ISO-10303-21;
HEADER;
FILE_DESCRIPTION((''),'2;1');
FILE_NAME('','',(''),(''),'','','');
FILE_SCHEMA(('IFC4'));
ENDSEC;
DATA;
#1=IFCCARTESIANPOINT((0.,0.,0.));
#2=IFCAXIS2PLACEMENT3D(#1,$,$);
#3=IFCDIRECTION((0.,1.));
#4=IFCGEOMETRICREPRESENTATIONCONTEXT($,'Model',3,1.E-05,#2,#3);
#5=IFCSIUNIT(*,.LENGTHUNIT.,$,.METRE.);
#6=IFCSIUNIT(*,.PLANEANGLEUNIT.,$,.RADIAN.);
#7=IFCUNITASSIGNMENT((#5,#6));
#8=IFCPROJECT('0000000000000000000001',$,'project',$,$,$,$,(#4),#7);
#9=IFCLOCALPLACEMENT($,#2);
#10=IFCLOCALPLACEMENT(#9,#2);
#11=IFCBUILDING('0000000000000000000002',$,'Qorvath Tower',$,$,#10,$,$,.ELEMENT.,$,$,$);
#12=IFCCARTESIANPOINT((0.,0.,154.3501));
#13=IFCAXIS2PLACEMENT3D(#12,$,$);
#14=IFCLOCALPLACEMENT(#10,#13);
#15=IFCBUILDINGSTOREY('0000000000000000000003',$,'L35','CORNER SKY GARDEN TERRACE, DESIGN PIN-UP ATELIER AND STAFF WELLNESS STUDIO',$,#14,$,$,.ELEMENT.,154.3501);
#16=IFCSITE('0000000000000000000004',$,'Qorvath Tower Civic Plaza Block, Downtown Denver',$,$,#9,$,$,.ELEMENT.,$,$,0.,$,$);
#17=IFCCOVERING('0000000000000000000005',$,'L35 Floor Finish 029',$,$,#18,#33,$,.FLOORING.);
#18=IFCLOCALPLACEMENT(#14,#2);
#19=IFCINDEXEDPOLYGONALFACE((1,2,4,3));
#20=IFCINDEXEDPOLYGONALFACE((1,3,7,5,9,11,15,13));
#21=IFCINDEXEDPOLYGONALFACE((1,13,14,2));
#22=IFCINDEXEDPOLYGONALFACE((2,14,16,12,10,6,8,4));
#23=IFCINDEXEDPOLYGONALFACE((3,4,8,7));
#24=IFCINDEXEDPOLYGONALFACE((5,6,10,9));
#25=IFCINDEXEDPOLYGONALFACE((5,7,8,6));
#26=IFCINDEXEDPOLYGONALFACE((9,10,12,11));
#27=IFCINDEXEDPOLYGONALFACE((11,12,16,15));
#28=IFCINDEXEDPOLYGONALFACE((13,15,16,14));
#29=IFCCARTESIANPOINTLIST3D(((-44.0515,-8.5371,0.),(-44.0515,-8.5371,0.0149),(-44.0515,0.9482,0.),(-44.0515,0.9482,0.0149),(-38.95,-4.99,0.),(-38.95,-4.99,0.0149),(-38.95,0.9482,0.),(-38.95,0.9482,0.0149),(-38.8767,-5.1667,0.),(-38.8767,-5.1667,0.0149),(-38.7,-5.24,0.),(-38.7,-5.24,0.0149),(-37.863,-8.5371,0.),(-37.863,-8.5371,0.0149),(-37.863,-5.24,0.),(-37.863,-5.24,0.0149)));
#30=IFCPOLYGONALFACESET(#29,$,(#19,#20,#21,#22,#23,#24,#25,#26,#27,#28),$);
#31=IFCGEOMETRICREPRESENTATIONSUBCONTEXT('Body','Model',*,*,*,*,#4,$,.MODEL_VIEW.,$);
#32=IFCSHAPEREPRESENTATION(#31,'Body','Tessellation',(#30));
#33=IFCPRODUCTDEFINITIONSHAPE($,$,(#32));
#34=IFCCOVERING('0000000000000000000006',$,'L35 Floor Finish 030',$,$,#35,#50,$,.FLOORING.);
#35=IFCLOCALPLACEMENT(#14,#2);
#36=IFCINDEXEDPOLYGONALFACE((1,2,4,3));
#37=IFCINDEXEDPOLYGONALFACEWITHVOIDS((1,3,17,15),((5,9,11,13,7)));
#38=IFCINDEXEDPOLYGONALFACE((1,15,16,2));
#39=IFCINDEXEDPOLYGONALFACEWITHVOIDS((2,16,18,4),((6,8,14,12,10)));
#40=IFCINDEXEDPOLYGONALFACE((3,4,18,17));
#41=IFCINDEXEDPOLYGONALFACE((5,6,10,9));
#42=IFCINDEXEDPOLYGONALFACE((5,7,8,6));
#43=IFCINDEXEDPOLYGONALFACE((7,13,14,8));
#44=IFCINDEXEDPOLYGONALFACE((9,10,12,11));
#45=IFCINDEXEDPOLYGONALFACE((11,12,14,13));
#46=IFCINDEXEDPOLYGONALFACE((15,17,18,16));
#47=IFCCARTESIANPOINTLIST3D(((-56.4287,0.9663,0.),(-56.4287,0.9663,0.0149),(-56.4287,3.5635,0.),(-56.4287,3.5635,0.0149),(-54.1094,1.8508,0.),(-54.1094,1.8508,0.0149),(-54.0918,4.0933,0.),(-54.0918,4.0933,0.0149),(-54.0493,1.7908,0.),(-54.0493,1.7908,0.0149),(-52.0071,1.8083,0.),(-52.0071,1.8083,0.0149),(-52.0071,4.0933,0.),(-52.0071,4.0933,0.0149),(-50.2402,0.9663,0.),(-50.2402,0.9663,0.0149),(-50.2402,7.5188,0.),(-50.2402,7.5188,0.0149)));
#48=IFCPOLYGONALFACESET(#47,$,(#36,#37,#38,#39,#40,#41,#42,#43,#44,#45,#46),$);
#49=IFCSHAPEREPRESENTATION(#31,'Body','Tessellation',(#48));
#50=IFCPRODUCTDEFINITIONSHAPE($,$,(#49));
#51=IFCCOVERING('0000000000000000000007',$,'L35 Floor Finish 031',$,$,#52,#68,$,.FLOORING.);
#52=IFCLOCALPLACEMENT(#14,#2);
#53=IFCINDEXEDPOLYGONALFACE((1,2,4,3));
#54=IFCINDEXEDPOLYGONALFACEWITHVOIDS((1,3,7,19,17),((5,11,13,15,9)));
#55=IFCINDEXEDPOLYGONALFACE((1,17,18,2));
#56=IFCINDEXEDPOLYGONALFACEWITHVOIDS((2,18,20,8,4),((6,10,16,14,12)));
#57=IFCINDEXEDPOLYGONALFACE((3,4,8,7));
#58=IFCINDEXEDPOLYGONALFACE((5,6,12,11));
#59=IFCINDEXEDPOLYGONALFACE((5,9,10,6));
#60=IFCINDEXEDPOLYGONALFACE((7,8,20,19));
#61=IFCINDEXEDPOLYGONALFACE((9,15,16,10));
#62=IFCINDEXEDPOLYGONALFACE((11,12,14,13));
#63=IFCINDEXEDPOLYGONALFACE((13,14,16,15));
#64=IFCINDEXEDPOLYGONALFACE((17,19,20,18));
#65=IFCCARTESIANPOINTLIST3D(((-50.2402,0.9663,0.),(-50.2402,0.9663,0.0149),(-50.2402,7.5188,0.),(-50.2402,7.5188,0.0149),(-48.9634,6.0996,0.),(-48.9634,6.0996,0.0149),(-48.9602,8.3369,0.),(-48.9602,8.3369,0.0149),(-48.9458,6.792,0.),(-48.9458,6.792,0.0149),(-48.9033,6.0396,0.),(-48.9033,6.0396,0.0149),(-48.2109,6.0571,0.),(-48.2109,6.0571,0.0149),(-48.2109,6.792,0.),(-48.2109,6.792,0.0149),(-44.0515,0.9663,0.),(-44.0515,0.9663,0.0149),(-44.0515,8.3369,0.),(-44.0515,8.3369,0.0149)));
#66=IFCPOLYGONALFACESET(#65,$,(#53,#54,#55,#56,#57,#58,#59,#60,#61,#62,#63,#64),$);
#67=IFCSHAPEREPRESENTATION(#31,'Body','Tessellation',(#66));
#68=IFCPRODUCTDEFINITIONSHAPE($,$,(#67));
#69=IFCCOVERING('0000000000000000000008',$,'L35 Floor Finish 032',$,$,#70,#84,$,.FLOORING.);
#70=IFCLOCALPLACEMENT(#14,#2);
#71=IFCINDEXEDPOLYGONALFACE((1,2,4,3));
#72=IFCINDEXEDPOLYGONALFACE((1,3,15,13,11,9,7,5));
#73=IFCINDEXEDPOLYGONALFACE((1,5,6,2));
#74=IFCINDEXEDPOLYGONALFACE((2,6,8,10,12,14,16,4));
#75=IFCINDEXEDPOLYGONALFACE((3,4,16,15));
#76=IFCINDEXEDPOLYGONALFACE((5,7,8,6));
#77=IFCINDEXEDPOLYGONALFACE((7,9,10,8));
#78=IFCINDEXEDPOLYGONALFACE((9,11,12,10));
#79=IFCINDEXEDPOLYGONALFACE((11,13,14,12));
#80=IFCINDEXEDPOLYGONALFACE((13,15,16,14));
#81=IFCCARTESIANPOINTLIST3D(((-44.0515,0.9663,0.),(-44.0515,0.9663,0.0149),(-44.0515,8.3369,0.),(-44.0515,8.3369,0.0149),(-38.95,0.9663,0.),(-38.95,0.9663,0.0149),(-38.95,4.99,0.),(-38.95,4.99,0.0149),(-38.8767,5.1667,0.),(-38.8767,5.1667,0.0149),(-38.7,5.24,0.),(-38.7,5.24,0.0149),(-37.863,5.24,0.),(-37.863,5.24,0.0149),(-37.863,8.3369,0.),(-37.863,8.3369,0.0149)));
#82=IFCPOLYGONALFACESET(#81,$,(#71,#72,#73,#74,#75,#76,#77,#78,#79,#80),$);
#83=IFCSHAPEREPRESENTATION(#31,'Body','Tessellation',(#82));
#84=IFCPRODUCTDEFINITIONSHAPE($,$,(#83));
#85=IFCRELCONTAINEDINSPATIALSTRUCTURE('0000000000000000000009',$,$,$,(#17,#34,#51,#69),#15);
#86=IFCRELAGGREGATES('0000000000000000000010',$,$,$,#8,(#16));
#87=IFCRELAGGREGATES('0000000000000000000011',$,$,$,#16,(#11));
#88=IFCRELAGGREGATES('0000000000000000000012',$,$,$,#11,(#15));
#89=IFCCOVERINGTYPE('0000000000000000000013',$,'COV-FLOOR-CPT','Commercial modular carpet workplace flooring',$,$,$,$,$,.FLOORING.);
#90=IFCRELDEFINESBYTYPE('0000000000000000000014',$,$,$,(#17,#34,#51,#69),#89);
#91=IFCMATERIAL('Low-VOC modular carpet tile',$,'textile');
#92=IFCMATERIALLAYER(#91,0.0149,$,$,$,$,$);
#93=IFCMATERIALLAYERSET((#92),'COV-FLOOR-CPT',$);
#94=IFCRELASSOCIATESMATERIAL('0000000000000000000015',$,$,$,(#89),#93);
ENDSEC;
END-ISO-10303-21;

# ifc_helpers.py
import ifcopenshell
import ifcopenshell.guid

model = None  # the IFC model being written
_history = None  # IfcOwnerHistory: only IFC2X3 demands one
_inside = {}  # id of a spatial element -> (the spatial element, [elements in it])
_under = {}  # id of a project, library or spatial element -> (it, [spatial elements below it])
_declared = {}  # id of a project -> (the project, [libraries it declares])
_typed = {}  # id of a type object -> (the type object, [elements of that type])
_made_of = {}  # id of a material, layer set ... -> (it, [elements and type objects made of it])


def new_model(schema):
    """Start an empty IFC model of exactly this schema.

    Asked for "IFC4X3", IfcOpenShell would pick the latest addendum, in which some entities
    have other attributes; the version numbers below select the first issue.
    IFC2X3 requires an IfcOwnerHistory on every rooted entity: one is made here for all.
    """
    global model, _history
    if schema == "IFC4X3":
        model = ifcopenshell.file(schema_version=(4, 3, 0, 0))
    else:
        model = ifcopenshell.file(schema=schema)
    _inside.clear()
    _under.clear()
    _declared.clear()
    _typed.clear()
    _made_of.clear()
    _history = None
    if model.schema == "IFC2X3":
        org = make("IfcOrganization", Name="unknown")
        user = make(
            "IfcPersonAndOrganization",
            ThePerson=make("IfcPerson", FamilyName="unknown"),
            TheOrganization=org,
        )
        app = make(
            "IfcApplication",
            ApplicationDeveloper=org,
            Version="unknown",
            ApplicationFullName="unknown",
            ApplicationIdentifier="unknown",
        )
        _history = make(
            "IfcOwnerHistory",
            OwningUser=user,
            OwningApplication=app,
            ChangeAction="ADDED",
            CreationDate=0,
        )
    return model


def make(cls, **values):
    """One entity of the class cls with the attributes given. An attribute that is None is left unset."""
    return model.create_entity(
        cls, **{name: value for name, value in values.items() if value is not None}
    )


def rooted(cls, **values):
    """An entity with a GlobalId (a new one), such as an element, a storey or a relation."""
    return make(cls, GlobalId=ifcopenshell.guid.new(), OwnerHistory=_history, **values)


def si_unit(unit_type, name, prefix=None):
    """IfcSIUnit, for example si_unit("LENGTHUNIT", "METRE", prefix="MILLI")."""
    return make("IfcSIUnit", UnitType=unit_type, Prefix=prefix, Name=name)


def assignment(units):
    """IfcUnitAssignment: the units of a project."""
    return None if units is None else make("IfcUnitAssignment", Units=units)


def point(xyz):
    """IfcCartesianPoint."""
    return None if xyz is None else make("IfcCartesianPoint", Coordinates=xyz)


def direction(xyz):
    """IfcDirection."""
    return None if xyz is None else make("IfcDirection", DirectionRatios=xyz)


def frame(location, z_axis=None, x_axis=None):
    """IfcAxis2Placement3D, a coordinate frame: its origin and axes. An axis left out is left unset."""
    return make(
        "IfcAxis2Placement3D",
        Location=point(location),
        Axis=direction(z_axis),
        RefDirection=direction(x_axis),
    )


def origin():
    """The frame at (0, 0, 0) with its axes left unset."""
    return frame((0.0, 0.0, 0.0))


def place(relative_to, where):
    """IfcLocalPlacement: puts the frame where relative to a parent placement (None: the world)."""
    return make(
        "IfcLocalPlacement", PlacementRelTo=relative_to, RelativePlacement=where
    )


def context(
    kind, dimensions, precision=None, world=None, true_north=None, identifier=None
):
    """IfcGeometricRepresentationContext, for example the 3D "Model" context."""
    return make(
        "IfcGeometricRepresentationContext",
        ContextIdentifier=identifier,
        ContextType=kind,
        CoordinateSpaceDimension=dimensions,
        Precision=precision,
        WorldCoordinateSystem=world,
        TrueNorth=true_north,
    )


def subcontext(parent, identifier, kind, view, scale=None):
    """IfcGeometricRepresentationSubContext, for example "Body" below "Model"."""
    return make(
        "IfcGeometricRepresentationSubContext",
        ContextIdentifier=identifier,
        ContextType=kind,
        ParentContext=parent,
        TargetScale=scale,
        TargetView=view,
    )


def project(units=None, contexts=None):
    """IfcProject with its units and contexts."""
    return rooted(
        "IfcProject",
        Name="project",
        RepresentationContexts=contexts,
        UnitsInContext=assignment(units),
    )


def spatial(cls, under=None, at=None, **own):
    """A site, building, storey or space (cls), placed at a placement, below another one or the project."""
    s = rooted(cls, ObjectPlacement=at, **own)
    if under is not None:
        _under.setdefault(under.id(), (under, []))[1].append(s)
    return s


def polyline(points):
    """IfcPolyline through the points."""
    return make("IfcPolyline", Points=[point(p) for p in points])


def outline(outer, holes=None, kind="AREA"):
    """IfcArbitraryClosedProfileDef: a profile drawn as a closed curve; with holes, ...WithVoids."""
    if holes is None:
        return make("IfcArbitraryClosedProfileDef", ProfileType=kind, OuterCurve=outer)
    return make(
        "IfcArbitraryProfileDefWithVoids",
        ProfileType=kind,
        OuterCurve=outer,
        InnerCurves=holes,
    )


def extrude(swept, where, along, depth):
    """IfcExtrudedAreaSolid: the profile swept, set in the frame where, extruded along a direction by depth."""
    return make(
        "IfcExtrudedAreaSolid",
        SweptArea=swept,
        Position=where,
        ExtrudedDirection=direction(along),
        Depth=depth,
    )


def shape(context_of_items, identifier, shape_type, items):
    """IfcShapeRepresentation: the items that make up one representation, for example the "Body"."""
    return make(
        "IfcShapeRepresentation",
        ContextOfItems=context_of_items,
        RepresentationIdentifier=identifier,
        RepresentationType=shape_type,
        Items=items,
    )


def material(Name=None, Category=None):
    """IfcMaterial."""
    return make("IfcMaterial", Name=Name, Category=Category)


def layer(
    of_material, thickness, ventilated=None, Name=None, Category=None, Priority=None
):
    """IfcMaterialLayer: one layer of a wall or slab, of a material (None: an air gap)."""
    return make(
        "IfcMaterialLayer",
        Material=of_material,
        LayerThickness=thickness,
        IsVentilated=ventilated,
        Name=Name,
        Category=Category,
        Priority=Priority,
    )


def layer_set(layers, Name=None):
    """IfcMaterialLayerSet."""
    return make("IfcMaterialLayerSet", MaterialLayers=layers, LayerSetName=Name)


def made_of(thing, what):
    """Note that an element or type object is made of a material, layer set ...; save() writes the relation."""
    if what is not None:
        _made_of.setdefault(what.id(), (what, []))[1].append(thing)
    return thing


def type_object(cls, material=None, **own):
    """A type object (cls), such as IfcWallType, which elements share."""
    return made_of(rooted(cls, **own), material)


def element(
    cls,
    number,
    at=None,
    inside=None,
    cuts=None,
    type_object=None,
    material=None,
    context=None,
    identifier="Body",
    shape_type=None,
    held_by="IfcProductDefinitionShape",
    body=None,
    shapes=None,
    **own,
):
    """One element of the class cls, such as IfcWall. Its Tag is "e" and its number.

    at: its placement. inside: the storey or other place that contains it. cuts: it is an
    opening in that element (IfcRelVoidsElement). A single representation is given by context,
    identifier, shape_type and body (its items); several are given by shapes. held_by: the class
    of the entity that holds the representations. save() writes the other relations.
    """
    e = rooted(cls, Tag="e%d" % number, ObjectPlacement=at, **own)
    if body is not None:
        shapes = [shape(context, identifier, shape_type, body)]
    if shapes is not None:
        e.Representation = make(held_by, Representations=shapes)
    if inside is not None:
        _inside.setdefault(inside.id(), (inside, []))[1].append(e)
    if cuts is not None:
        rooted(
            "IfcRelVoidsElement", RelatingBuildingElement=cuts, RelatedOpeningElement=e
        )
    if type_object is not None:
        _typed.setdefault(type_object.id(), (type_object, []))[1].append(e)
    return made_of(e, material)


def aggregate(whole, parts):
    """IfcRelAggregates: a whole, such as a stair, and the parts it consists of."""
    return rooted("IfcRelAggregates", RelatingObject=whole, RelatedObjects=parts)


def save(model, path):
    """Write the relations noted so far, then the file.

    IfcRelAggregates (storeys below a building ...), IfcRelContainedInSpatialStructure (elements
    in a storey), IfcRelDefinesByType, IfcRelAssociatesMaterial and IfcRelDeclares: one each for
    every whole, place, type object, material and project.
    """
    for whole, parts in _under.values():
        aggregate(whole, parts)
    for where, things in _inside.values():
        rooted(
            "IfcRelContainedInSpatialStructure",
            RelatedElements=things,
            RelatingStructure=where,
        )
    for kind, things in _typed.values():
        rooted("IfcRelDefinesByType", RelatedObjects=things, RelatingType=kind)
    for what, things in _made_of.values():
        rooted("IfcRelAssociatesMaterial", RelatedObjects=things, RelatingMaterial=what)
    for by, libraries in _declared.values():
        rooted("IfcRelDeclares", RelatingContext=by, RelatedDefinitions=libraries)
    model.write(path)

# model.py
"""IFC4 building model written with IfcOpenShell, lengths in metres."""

from ifc_helpers import new_model, si_unit, direction, frame, origin, place, context, subcontext, project, spatial, polyline, outline, extrude, material, layer, layer_set, type_object, element, save


model = new_model("IFC4")

# Units and contexts
model_context = context("Model", 3, precision=1e-05, world=origin(), true_north=direction((0.0, 1.0)))
body_context = subcontext(model_context, "Body", "Model", "MODEL_VIEW")
ifc_project = project(units=[si_unit("LENGTHUNIT", "METRE"), si_unit("PLANEANGLEUNIT", "RADIAN")], contexts=[model_context])

# Site, building, storey
site_placement = place(None, origin())
site = spatial("IfcSite", under=ifc_project, at=site_placement, Name="Qorvath Tower Civic Plaza Block, Downtown Denver", CompositionType="ELEMENT", RefElevation=0.0)
building_placement = place(site_placement, origin())
building = spatial("IfcBuilding", under=site, at=building_placement, Name="Qorvath Tower", CompositionType="ELEMENT")
storey_placement = place(building_placement, frame((0.0, 0.0, 154.3501)))
storey = spatial("IfcBuildingStorey", under=building, at=storey_placement, Name="L35", Description="CORNER SKY GARDEN TERRACE, DESIGN PIN-UP ATELIER AND STAFF WELLNESS STUDIO", CompositionType="ELEMENT", Elevation=154.3501)

# Coverings
ifc_material_1 = material(Name="Low-VOC modular carpet tile", Category="textile")
ifc_layer_1 = layer(ifc_material_1, 0.0149)
ifc_layer_set_1 = layer_set([ifc_layer_1], Name="COV-FLOOR-CPT")
covering_type_1 = type_object("IfcCoveringType", Name="COV-FLOOR-CPT", Description="Commercial modular carpet workplace flooring", PredefinedType="FLOORING", material=ifc_layer_set_1)
covering_1_placement = place(storey_placement, origin())
element("IfcCovering", 1, at=covering_1_placement, inside=storey, type_object=covering_type_1, Name="L35 Floor Finish 029", PredefinedType="FLOORING", context=body_context, shape_type="SweptSolid", body=[
    extrude(outline(polyline([(-38.95, 0.9482), (-44.0515, 0.9482), (-44.0515, -8.5371), (-37.863, -8.5371), (-37.863, -5.24), (-38.7, -5.24), (-38.8767, -5.1667), (-38.95, -4.99), (-38.95, 0.9482)])), origin(), (0.0, 0.0, 1.0), 0.0149),
])
covering_2_placement = place(storey_placement, origin())
element("IfcCovering", 2, at=covering_2_placement, inside=storey, type_object=covering_type_1, Name="L35 Floor Finish 030", PredefinedType="FLOORING", context=body_context, shape_type="SweptSolid", body=[
    extrude(outline(polyline([(-50.2402, 0.9663), (-50.2402, 7.5188), (-56.4287, 3.5635), (-56.4287, 0.9663), (-50.2402, 0.9663)]), holes=[polyline([(-54.1094, 1.8508), (-54.0918, 4.0933), (-52.0071, 4.0933), (-52.0071, 1.8083), (-54.0493, 1.7908), (-54.1094, 1.8508)])]), origin(), (0.0, 0.0, 1.0), 0.0149),
])
covering_3_placement = place(storey_placement, origin())
element("IfcCovering", 3, at=covering_3_placement, inside=storey, type_object=covering_type_1, Name="L35 Floor Finish 031", PredefinedType="FLOORING", context=body_context, shape_type="SweptSolid", body=[
    extrude(outline(polyline([(-44.0515, 0.9663), (-44.0515, 8.3369), (-48.9602, 8.3369), (-50.2402, 7.5188), (-50.2402, 0.9663), (-44.0515, 0.9663)]), holes=[polyline([(-48.9634, 6.0996), (-48.9458, 6.792), (-48.2109, 6.792), (-48.2109, 6.0571), (-48.9033, 6.0396), (-48.9634, 6.0996)])]), origin(), (0.0, 0.0, 1.0), 0.0149),
])
covering_4_placement = place(storey_placement, origin())
element("IfcCovering", 4, at=covering_4_placement, inside=storey, type_object=covering_type_1, Name="L35 Floor Finish 032", PredefinedType="FLOORING", context=body_context, shape_type="SweptSolid", body=[
    extrude(outline(polyline([(-37.863, 8.3369), (-44.0515, 8.3369), (-44.0515, 0.9663), (-38.95, 0.9663), (-38.95, 4.99), (-38.8767, 5.1667), (-38.7, 5.24), (-37.863, 5.24), (-37.863, 8.3369)])), origin(), (0.0, 0.0, 1.0), 0.0149),
])

save(model, "model.ifc")
